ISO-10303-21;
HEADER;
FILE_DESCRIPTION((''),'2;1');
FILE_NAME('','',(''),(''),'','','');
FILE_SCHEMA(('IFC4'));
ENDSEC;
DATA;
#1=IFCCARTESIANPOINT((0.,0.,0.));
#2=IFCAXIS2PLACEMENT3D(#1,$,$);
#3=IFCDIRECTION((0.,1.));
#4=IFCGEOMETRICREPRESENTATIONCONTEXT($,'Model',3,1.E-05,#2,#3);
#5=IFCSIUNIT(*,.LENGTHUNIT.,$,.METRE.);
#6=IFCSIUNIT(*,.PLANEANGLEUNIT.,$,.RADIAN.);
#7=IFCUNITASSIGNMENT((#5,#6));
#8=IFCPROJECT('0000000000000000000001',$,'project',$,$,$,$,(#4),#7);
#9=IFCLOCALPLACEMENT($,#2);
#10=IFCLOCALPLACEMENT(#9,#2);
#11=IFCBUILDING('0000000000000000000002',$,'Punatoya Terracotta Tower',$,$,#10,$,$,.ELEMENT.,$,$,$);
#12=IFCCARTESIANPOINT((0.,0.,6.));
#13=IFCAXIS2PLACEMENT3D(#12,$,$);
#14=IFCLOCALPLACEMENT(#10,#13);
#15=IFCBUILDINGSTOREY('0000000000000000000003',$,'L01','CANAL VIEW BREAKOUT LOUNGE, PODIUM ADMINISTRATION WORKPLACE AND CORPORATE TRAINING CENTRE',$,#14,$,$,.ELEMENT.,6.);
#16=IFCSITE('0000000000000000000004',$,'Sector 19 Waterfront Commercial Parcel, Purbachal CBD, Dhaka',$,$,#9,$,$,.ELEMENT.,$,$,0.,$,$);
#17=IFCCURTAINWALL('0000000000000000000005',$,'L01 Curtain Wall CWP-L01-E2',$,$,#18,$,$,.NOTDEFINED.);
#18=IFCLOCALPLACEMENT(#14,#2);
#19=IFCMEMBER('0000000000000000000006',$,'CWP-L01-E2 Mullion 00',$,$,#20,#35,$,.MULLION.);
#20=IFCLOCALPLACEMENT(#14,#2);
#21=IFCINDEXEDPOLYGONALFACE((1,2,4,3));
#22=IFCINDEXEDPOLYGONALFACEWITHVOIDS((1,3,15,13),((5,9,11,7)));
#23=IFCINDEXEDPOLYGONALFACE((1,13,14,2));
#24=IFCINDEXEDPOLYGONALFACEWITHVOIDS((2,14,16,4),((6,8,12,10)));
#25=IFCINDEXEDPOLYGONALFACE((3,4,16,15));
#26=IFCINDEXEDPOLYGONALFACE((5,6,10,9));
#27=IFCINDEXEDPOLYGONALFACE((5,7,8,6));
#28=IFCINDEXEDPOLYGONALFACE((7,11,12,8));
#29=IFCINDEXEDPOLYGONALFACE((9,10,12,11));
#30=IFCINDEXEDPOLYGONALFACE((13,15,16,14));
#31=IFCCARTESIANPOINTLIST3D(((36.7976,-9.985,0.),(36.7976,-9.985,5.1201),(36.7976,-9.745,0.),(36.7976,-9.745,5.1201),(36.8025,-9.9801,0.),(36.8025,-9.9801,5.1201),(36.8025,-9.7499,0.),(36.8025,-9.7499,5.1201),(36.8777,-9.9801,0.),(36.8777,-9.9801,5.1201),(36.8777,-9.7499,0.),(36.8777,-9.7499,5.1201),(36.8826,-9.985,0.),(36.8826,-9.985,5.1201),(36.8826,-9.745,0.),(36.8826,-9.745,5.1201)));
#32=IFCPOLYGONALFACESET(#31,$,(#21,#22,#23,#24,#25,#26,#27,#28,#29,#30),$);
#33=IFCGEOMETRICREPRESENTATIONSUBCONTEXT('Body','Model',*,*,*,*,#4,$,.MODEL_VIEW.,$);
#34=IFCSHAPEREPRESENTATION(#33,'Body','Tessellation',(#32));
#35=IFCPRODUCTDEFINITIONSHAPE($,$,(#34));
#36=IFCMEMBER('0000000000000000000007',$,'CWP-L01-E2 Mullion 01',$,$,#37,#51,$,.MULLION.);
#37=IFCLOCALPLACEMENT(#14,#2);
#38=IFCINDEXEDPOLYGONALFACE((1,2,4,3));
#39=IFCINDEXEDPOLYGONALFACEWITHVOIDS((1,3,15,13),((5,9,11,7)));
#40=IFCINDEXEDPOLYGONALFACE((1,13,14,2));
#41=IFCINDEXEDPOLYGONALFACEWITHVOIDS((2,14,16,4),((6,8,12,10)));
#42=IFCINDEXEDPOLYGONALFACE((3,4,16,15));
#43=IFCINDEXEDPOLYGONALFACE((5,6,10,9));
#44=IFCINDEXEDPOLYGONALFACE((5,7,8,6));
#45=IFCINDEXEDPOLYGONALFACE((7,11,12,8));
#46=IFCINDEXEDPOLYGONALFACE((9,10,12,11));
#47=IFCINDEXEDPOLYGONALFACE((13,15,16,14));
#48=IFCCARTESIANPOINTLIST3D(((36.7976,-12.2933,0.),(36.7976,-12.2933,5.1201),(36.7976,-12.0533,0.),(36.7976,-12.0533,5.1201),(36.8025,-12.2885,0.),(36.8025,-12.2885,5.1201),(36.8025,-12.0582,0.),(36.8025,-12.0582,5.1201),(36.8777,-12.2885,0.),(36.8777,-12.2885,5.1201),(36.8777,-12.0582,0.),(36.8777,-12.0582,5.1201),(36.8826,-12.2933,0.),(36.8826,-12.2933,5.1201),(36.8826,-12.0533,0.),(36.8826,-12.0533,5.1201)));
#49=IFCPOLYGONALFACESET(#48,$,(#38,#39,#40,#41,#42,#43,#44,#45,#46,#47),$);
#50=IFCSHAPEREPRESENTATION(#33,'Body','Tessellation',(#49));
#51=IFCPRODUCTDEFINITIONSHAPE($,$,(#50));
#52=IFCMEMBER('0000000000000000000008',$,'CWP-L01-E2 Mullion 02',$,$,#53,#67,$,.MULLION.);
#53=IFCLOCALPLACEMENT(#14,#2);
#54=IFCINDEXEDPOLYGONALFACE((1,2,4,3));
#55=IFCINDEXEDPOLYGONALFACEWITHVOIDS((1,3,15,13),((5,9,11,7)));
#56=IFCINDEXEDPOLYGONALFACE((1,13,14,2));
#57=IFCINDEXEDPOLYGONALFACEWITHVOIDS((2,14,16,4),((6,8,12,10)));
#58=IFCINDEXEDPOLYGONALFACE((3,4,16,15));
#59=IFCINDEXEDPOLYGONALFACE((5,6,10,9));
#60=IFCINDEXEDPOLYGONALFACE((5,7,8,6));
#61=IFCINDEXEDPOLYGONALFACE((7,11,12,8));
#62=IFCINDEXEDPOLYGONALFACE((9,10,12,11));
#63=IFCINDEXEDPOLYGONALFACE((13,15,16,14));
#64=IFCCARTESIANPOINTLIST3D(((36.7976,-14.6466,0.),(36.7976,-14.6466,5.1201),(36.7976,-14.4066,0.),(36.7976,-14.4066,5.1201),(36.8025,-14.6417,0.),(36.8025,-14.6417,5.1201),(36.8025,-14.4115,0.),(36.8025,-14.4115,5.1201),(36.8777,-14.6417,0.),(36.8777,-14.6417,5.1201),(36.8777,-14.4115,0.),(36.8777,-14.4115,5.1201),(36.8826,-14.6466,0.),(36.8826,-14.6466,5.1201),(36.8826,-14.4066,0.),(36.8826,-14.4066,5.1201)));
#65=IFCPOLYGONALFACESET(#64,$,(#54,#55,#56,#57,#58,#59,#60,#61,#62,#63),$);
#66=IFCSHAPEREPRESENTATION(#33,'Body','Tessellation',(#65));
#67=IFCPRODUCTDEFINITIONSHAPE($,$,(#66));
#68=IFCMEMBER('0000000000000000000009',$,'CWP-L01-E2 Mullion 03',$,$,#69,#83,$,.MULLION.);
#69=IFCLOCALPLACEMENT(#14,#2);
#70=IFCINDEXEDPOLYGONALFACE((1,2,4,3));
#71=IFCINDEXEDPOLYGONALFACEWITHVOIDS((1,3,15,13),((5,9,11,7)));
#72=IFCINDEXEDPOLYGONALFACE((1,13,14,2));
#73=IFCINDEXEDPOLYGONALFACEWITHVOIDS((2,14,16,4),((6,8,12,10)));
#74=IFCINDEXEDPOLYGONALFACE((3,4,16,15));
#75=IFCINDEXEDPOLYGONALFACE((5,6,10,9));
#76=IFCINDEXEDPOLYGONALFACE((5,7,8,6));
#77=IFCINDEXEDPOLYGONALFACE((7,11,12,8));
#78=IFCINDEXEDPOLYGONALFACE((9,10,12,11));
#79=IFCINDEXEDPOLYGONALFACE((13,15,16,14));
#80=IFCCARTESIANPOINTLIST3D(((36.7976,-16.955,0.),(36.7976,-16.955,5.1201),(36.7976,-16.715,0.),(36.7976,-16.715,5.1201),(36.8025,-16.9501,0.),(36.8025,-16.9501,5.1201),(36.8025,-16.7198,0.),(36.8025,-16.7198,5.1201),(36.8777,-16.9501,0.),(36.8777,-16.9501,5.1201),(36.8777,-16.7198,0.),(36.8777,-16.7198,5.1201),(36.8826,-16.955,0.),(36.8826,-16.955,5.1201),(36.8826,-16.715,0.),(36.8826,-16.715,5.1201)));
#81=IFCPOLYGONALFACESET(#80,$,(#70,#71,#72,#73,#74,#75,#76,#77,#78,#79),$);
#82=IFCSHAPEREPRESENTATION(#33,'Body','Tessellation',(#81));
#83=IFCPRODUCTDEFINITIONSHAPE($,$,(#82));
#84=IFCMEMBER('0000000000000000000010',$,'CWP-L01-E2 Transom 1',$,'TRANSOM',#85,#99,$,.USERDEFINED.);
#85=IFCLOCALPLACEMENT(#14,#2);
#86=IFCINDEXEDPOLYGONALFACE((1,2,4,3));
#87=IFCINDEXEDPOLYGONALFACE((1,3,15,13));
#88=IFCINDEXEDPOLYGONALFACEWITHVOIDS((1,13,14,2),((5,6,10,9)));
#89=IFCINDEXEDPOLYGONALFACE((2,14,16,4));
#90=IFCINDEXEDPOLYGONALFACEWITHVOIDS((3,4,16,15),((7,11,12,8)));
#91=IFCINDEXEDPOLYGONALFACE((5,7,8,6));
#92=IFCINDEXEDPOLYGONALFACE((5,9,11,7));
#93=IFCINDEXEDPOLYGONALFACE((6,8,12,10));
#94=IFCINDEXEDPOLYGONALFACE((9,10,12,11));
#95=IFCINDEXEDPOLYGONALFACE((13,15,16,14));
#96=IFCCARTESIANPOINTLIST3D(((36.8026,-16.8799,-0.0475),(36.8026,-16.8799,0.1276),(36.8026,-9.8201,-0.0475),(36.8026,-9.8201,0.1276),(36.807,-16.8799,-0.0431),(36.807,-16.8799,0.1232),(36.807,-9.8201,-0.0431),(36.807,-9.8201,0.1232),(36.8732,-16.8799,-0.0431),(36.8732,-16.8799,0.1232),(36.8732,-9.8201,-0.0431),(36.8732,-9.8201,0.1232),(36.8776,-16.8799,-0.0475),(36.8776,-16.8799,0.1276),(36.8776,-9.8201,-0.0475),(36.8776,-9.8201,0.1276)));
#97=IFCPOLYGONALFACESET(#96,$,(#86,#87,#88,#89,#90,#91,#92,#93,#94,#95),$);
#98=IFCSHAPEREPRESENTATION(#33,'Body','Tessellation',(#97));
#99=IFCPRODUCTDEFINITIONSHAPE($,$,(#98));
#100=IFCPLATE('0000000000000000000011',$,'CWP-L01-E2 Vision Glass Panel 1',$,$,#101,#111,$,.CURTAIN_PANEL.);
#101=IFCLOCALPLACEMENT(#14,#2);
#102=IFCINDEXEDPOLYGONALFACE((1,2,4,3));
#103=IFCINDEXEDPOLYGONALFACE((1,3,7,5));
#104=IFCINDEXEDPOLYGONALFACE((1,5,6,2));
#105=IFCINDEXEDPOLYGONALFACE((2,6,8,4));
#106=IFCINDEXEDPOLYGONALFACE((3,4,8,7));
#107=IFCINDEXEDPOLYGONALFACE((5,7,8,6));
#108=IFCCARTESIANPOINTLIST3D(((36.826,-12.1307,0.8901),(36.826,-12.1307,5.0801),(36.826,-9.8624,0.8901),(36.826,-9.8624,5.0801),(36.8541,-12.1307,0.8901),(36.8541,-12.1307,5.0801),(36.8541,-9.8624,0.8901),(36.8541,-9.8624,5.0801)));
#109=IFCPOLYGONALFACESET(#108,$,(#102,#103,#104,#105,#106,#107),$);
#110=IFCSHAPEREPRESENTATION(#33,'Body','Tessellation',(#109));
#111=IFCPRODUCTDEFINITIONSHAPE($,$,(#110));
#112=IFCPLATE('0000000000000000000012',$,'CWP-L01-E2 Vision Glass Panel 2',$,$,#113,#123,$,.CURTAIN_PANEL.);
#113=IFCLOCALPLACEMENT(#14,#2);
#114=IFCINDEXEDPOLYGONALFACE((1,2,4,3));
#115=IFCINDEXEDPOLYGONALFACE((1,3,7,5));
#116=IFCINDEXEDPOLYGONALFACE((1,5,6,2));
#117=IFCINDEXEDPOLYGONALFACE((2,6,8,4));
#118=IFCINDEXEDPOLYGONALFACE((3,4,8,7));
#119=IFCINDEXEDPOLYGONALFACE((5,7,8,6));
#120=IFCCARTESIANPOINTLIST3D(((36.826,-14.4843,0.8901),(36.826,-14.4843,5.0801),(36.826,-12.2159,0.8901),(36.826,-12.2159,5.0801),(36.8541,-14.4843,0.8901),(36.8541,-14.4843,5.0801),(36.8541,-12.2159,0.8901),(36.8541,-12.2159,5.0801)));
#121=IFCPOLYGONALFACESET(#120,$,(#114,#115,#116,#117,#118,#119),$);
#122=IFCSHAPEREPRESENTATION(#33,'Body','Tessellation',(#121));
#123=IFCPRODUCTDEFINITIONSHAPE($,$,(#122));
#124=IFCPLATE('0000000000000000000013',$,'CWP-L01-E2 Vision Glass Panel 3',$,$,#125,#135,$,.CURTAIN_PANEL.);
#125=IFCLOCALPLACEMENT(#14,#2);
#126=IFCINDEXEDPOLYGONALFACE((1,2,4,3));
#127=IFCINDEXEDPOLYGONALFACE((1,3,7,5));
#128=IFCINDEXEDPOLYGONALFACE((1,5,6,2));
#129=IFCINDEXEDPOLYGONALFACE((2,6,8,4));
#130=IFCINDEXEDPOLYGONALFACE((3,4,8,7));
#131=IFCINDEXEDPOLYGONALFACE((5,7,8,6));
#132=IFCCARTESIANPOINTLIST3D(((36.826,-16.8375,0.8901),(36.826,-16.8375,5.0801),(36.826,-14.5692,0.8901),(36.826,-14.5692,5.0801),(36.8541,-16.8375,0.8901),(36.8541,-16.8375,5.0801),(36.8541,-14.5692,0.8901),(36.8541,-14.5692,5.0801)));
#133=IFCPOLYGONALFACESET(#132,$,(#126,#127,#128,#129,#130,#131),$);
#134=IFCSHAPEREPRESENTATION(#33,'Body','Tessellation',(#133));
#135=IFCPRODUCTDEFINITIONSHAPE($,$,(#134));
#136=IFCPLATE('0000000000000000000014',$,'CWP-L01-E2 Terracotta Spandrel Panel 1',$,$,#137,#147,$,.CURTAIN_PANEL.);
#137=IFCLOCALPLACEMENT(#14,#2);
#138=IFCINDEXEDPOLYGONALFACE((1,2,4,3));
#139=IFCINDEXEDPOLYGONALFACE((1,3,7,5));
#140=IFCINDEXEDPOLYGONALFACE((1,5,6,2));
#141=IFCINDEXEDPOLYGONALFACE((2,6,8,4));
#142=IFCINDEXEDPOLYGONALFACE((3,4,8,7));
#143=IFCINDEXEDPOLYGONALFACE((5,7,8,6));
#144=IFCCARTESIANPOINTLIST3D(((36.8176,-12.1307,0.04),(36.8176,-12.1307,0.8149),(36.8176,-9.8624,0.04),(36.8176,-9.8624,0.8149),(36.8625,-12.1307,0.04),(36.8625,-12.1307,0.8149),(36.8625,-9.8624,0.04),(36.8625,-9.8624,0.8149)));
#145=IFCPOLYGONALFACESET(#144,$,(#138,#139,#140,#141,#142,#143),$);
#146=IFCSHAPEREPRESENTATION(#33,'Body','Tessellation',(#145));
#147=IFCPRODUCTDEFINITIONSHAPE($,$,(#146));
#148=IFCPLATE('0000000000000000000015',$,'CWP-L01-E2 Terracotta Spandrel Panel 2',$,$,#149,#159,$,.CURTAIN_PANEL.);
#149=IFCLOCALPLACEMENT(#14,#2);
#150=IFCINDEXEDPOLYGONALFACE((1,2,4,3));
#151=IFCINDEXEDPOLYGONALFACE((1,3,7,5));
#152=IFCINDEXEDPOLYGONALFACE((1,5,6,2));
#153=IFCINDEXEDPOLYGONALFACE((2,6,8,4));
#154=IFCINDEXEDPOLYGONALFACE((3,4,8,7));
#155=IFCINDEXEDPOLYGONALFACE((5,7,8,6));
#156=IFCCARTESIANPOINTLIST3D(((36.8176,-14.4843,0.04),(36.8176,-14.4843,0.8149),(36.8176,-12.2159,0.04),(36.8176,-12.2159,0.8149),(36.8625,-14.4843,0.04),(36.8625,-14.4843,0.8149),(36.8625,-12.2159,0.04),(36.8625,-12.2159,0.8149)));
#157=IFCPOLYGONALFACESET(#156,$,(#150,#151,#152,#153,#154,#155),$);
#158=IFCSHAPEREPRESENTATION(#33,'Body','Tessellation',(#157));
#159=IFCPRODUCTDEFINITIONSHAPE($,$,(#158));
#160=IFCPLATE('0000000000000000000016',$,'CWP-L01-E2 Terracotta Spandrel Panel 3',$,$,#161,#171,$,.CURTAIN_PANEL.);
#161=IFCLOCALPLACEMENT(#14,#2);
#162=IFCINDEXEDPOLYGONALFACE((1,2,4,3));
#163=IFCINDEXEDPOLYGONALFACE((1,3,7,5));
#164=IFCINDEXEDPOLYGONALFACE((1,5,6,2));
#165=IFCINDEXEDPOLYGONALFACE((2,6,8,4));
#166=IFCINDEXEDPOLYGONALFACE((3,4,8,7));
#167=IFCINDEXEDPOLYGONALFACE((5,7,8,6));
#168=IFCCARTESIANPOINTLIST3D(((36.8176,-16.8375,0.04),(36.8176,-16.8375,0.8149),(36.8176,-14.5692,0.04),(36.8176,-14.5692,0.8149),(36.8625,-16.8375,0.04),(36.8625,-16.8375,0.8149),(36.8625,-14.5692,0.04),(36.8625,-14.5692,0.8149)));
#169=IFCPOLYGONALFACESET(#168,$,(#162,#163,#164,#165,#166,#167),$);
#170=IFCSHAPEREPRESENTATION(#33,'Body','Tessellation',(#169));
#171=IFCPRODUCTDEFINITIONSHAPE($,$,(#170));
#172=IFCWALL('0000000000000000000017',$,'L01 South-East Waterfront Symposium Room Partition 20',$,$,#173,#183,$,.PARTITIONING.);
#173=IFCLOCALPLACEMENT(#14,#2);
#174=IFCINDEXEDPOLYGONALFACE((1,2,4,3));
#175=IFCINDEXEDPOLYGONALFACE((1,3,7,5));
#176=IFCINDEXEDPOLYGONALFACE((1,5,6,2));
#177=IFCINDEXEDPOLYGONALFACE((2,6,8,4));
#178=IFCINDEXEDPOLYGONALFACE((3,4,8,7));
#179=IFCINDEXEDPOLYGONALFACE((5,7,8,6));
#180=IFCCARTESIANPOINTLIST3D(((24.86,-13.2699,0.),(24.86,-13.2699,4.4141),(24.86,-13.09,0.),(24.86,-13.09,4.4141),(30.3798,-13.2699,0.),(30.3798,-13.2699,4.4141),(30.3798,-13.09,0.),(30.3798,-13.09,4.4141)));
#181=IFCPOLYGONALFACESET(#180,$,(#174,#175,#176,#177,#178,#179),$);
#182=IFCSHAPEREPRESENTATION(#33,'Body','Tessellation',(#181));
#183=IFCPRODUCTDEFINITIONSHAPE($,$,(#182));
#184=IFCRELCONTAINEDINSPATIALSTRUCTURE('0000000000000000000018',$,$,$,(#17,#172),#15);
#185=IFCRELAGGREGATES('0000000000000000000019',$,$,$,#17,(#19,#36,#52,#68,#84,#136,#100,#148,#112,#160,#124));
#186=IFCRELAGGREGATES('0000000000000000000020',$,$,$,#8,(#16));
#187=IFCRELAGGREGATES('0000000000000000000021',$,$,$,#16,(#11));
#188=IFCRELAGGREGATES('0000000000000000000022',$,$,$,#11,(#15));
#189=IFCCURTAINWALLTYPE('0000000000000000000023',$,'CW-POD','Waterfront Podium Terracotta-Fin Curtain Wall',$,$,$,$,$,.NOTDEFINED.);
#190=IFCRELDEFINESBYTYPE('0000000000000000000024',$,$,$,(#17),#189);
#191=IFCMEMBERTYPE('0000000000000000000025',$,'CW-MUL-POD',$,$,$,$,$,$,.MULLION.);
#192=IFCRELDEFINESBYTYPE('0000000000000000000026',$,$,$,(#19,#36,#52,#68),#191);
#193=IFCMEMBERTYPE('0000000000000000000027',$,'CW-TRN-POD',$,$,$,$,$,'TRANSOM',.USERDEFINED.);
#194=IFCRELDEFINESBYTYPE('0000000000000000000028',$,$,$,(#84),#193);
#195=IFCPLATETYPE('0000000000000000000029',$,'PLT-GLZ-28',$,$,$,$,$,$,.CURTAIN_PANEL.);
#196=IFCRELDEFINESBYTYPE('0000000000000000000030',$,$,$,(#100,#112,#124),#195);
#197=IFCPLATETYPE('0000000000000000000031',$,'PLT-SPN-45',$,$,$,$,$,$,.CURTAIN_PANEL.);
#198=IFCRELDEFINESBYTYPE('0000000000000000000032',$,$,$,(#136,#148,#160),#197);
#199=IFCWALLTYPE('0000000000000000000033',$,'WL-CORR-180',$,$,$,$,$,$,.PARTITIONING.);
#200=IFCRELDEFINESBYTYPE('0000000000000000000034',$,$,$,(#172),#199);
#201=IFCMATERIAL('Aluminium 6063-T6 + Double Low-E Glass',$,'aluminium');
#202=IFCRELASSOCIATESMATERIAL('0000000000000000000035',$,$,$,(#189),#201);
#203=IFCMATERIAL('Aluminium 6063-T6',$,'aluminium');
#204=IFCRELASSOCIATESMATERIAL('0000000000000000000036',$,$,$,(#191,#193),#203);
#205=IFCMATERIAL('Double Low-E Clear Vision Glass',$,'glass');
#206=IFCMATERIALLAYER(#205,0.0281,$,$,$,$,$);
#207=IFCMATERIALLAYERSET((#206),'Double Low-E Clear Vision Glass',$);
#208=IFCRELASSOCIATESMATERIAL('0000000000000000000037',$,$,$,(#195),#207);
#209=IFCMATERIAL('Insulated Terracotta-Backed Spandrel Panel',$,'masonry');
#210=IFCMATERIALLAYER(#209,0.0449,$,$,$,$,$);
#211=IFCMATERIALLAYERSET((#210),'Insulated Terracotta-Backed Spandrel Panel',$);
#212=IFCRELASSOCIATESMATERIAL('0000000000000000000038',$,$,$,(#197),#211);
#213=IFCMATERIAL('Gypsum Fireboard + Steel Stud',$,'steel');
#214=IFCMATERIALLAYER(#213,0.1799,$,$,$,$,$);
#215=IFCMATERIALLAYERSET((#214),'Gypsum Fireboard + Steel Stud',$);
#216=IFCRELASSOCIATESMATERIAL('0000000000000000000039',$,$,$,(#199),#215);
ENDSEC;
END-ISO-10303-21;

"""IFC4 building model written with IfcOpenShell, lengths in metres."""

from ifc_helpers import new_model, si_unit, direction, frame, frame_2d, origin, origin_2d, place, context, subcontext, project, spatial, rectangle, hollow_rectangle, extrude, material, layer, layer_set, material_profile, profile_set, type_object, element, aggregate, save


model = new_model("IFC4")

# Units and contexts
model_context = context("Model", 3, precision=1e-05, world=origin(), true_north=direction((0.0, 1.0)))
body_context = subcontext(model_context, "Body", "Model", "MODEL_VIEW")
ifc_project = project(units=[si_unit("LENGTHUNIT", "METRE"), si_unit("PLANEANGLEUNIT", "RADIAN")], contexts=[model_context])

# Site, building, storey
site_placement = place(None, origin())
site = spatial("IfcSite", under=ifc_project, at=site_placement, Name="Sector 19 Waterfront Commercial Parcel, Purbachal CBD, Dhaka", CompositionType="ELEMENT", RefElevation=0.0)
building_placement = place(site_placement, origin())
building = spatial("IfcBuilding", under=site, at=building_placement, Name="Punatoya Terracotta Tower", CompositionType="ELEMENT")
storey_placement = place(building_placement, frame((0.0, 0.0, 6.0)))
storey = spatial("IfcBuildingStorey", under=building, at=storey_placement, Name="L01", Description="CANAL VIEW BREAKOUT LOUNGE, PODIUM ADMINISTRATION WORKPLACE AND CORPORATE TRAINING CENTRE", CompositionType="ELEMENT", Elevation=6.0)

# Curtain wall, members, plates
ifc_material_1 = material(Name="Aluminium 6063-T6 + Double Low-E Glass", Category="aluminium")
curtain_wall_type = type_object("IfcCurtainWallType", Name="CW-POD", Description="Waterfront Podium Terracotta-Fin Curtain Wall", PredefinedType="NOTDEFINED", material=ifc_material_1)
curtain_wall_placement = place(storey_placement, origin())
curtain_wall = element("IfcCurtainWall", 1, at=curtain_wall_placement, inside=storey, type_object=curtain_wall_type, Name="L01 Curtain Wall CWP-L01-E2", PredefinedType="NOTDEFINED")
ifc_material_2 = material(Name="Aluminium 6063-T6", Category="aluminium")
ifc_material_profile_1 = material_profile(ifc_material_2, hollow_rectangle(XDim=0.085, YDim=0.24, WallThickness=0.0049, at=origin_2d()))
ifc_profile_set_1 = profile_set([ifc_material_profile_1], Name="Aluminium 6063-T6")
member_type_1 = type_object("IfcMemberType", Name="CW-MUL-POD", PredefinedType="MULLION", material=ifc_profile_set_1)
member_1_placement = place(storey_placement, frame((36.8401, -9.865, 0.0), z_axis=(0.0, 0.0, 1.0), x_axis=(1.0, 0.0, 0.0)))
member_1 = element("IfcMember", 2, at=member_1_placement, type_object=member_type_1, Name="CWP-L01-E2 Mullion 00", PredefinedType="MULLION", context=body_context, shape_type="SweptSolid", body=[
    extrude(hollow_rectangle(XDim=0.085, YDim=0.24, WallThickness=0.0049, at=origin_2d()), origin(), (0.0, 0.0, 1.0), 5.1201),
])
member_2_placement = place(storey_placement, frame((36.8401, -12.1733, 0.0), z_axis=(0.0, 0.0, 1.0), x_axis=(1.0, 0.0, 0.0)))
member_2 = element("IfcMember", 3, at=member_2_placement, type_object=member_type_1, Name="CWP-L01-E2 Mullion 01", PredefinedType="MULLION", context=body_context, shape_type="SweptSolid", body=[
    extrude(hollow_rectangle(XDim=0.085, YDim=0.24, WallThickness=0.0049, at=origin_2d()), origin(), (0.0, 0.0, 1.0), 5.1201),
])
member_3_placement = place(storey_placement, frame((36.8401, -14.5266, 0.0), z_axis=(0.0, 0.0, 1.0), x_axis=(1.0, 0.0, 0.0)))
member_3 = element("IfcMember", 4, at=member_3_placement, type_object=member_type_1, Name="CWP-L01-E2 Mullion 02", PredefinedType="MULLION", context=body_context, shape_type="SweptSolid", body=[
    extrude(hollow_rectangle(XDim=0.085, YDim=0.24, WallThickness=0.0049, at=origin_2d()), origin(), (0.0, 0.0, 1.0), 5.1201),
])
member_4_placement = place(storey_placement, frame((36.8401, -16.835, 0.0), z_axis=(0.0, 0.0, 1.0), x_axis=(1.0, 0.0, 0.0)))
member_4 = element("IfcMember", 5, at=member_4_placement, type_object=member_type_1, Name="CWP-L01-E2 Mullion 03", PredefinedType="MULLION", context=body_context, shape_type="SweptSolid", body=[
    extrude(hollow_rectangle(XDim=0.085, YDim=0.24, WallThickness=0.0049, at=origin_2d()), origin(), (0.0, 0.0, 1.0), 5.1201),
])
ifc_material_profile_2 = material_profile(ifc_material_2, hollow_rectangle(XDim=0.075, YDim=0.175, WallThickness=0.0044, at=origin_2d()))
ifc_profile_set_2 = profile_set([ifc_material_profile_2], Name="Aluminium 6063-T6")
member_type_2 = type_object("IfcMemberType", Name="CW-TRN-POD", ElementType="TRANSOM", PredefinedType="USERDEFINED", material=ifc_profile_set_2)
member_5_placement = place(storey_placement, frame((36.8401, -9.8201, 0.04), z_axis=(0.0, -1.0, 0.0), x_axis=(1.0, 0.0, 0.0)))
member_5 = element("IfcMember", 6, at=member_5_placement, type_object=member_type_2, Name="CWP-L01-E2 Transom 1", ObjectType="TRANSOM", PredefinedType="USERDEFINED", context=body_context, shape_type="SweptSolid", body=[
    extrude(hollow_rectangle(XDim=0.075, YDim=0.175, WallThickness=0.0044, at=origin_2d()), origin(), (0.0, 0.0, 1.0), 7.0598),
])
ifc_material_3 = material(Name="Double Low-E Clear Vision Glass", Category="glass")
ifc_layer_1 = layer(ifc_material_3, 0.0281)
ifc_layer_set_1 = layer_set([ifc_layer_1], Name="Double Low-E Clear Vision Glass")
plate_type_1 = type_object("IfcPlateType", Name="PLT-GLZ-28", PredefinedType="CURTAIN_PANEL", material=ifc_layer_set_1)
plate_1_placement = place(storey_placement, frame((36.8401, -10.9966, 0.8901), z_axis=(0.0, 0.0, 1.0), x_axis=(0.0, -1.0, 0.0)))
plate_1 = element("IfcPlate", 7, at=plate_1_placement, type_object=plate_type_1, Name="CWP-L01-E2 Vision Glass Panel 1", PredefinedType="CURTAIN_PANEL", context=body_context, shape_type="SweptSolid", body=[
    extrude(rectangle(XDim=2.2683, YDim=0.0281, at=origin_2d()), origin(), (0.0, 0.0, 1.0), 4.1899),
])
plate_2_placement = place(storey_placement, frame((36.8401, -13.3501, 0.8901), z_axis=(0.0, 0.0, 1.0), x_axis=(0.0, -1.0, 0.0)))
plate_2 = element("IfcPlate", 8, at=plate_2_placement, type_object=plate_type_1, Name="CWP-L01-E2 Vision Glass Panel 2", PredefinedType="CURTAIN_PANEL", context=body_context, shape_type="SweptSolid", body=[
    extrude(rectangle(XDim=2.2683, YDim=0.0281, at=origin_2d()), origin(), (0.0, 0.0, 1.0), 4.1899),
])
plate_3_placement = place(storey_placement, frame((36.8401, -15.7034, 0.8901), z_axis=(0.0, 0.0, 1.0), x_axis=(0.0, -1.0, 0.0)))
plate_3 = element("IfcPlate", 9, at=plate_3_placement, type_object=plate_type_1, Name="CWP-L01-E2 Vision Glass Panel 3", PredefinedType="CURTAIN_PANEL", context=body_context, shape_type="SweptSolid", body=[
    extrude(rectangle(XDim=2.2683, YDim=0.0281, at=origin_2d()), origin(), (0.0, 0.0, 1.0), 4.1899),
])
ifc_material_4 = material(Name="Insulated Terracotta-Backed Spandrel Panel", Category="masonry")
ifc_layer_2 = layer(ifc_material_4, 0.0449)
ifc_layer_set_2 = layer_set([ifc_layer_2], Name="Insulated Terracotta-Backed Spandrel Panel")
plate_type_2 = type_object("IfcPlateType", Name="PLT-SPN-45", PredefinedType="CURTAIN_PANEL", material=ifc_layer_set_2)
plate_4_placement = place(storey_placement, frame((36.8401, -10.9966, 0.04), z_axis=(0.0, 0.0, 1.0), x_axis=(0.0, -1.0, 0.0)))
plate_4 = element("IfcPlate", 10, at=plate_4_placement, type_object=plate_type_2, Name="CWP-L01-E2 Terracotta Spandrel Panel 1", PredefinedType="CURTAIN_PANEL", context=body_context, shape_type="SweptSolid", body=[
    extrude(rectangle(XDim=2.2683, YDim=0.0449, at=origin_2d()), origin(), (0.0, 0.0, 1.0), 0.7749),
])
plate_5_placement = place(storey_placement, frame((36.8401, -13.3501, 0.04), z_axis=(0.0, 0.0, 1.0), x_axis=(0.0, -1.0, 0.0)))
plate_5 = element("IfcPlate", 11, at=plate_5_placement, type_object=plate_type_2, Name="CWP-L01-E2 Terracotta Spandrel Panel 2", PredefinedType="CURTAIN_PANEL", context=body_context, shape_type="SweptSolid", body=[
    extrude(rectangle(XDim=2.2683, YDim=0.0449, at=origin_2d()), origin(), (0.0, 0.0, 1.0), 0.7749),
])
plate_6_placement = place(storey_placement, frame((36.8401, -15.7034, 0.04), z_axis=(0.0, 0.0, 1.0), x_axis=(0.0, -1.0, 0.0)))
plate_6 = element("IfcPlate", 12, at=plate_6_placement, type_object=plate_type_2, Name="CWP-L01-E2 Terracotta Spandrel Panel 3", PredefinedType="CURTAIN_PANEL", context=body_context, shape_type="SweptSolid", body=[
    extrude(rectangle(XDim=2.2683, YDim=0.0449, at=origin_2d()), origin(), (0.0, 0.0, 1.0), 0.7749),
])
aggregate(curtain_wall, [member_1, member_2, member_3, member_4, member_5, plate_4, plate_1, plate_5, plate_2, plate_6, plate_3])

# Wall
ifc_material_5 = material(Name="Gypsum Fireboard + Steel Stud", Category="steel")
ifc_layer_3 = layer(ifc_material_5, 0.1799)
ifc_layer_set_3 = layer_set([ifc_layer_3], Name="Gypsum Fireboard + Steel Stud")
wall_type_1 = type_object("IfcWallType", Name="WL-CORR-180", PredefinedType="PARTITIONING", material=ifc_layer_set_3)
wall_1_placement = place(storey_placement, frame((24.8601, -13.1799, 0.0), z_axis=(0.0, 0.0, 1.0), x_axis=(1.0, 0.0, 0.0)))
element("IfcWall", 13, at=wall_1_placement, inside=storey, type_object=wall_type_1, Name="L01 South-East Waterfront Symposium Room Partition 20", PredefinedType="PARTITIONING", context=body_context, shape_type="SweptSolid", body=[
    extrude(rectangle(XDim=5.5198, YDim=0.1799, at=frame_2d((2.7598, 0.0))), origin(), (0.0, 0.0, 1.0), 4.4141),
])

save(model, "model.ifc")
